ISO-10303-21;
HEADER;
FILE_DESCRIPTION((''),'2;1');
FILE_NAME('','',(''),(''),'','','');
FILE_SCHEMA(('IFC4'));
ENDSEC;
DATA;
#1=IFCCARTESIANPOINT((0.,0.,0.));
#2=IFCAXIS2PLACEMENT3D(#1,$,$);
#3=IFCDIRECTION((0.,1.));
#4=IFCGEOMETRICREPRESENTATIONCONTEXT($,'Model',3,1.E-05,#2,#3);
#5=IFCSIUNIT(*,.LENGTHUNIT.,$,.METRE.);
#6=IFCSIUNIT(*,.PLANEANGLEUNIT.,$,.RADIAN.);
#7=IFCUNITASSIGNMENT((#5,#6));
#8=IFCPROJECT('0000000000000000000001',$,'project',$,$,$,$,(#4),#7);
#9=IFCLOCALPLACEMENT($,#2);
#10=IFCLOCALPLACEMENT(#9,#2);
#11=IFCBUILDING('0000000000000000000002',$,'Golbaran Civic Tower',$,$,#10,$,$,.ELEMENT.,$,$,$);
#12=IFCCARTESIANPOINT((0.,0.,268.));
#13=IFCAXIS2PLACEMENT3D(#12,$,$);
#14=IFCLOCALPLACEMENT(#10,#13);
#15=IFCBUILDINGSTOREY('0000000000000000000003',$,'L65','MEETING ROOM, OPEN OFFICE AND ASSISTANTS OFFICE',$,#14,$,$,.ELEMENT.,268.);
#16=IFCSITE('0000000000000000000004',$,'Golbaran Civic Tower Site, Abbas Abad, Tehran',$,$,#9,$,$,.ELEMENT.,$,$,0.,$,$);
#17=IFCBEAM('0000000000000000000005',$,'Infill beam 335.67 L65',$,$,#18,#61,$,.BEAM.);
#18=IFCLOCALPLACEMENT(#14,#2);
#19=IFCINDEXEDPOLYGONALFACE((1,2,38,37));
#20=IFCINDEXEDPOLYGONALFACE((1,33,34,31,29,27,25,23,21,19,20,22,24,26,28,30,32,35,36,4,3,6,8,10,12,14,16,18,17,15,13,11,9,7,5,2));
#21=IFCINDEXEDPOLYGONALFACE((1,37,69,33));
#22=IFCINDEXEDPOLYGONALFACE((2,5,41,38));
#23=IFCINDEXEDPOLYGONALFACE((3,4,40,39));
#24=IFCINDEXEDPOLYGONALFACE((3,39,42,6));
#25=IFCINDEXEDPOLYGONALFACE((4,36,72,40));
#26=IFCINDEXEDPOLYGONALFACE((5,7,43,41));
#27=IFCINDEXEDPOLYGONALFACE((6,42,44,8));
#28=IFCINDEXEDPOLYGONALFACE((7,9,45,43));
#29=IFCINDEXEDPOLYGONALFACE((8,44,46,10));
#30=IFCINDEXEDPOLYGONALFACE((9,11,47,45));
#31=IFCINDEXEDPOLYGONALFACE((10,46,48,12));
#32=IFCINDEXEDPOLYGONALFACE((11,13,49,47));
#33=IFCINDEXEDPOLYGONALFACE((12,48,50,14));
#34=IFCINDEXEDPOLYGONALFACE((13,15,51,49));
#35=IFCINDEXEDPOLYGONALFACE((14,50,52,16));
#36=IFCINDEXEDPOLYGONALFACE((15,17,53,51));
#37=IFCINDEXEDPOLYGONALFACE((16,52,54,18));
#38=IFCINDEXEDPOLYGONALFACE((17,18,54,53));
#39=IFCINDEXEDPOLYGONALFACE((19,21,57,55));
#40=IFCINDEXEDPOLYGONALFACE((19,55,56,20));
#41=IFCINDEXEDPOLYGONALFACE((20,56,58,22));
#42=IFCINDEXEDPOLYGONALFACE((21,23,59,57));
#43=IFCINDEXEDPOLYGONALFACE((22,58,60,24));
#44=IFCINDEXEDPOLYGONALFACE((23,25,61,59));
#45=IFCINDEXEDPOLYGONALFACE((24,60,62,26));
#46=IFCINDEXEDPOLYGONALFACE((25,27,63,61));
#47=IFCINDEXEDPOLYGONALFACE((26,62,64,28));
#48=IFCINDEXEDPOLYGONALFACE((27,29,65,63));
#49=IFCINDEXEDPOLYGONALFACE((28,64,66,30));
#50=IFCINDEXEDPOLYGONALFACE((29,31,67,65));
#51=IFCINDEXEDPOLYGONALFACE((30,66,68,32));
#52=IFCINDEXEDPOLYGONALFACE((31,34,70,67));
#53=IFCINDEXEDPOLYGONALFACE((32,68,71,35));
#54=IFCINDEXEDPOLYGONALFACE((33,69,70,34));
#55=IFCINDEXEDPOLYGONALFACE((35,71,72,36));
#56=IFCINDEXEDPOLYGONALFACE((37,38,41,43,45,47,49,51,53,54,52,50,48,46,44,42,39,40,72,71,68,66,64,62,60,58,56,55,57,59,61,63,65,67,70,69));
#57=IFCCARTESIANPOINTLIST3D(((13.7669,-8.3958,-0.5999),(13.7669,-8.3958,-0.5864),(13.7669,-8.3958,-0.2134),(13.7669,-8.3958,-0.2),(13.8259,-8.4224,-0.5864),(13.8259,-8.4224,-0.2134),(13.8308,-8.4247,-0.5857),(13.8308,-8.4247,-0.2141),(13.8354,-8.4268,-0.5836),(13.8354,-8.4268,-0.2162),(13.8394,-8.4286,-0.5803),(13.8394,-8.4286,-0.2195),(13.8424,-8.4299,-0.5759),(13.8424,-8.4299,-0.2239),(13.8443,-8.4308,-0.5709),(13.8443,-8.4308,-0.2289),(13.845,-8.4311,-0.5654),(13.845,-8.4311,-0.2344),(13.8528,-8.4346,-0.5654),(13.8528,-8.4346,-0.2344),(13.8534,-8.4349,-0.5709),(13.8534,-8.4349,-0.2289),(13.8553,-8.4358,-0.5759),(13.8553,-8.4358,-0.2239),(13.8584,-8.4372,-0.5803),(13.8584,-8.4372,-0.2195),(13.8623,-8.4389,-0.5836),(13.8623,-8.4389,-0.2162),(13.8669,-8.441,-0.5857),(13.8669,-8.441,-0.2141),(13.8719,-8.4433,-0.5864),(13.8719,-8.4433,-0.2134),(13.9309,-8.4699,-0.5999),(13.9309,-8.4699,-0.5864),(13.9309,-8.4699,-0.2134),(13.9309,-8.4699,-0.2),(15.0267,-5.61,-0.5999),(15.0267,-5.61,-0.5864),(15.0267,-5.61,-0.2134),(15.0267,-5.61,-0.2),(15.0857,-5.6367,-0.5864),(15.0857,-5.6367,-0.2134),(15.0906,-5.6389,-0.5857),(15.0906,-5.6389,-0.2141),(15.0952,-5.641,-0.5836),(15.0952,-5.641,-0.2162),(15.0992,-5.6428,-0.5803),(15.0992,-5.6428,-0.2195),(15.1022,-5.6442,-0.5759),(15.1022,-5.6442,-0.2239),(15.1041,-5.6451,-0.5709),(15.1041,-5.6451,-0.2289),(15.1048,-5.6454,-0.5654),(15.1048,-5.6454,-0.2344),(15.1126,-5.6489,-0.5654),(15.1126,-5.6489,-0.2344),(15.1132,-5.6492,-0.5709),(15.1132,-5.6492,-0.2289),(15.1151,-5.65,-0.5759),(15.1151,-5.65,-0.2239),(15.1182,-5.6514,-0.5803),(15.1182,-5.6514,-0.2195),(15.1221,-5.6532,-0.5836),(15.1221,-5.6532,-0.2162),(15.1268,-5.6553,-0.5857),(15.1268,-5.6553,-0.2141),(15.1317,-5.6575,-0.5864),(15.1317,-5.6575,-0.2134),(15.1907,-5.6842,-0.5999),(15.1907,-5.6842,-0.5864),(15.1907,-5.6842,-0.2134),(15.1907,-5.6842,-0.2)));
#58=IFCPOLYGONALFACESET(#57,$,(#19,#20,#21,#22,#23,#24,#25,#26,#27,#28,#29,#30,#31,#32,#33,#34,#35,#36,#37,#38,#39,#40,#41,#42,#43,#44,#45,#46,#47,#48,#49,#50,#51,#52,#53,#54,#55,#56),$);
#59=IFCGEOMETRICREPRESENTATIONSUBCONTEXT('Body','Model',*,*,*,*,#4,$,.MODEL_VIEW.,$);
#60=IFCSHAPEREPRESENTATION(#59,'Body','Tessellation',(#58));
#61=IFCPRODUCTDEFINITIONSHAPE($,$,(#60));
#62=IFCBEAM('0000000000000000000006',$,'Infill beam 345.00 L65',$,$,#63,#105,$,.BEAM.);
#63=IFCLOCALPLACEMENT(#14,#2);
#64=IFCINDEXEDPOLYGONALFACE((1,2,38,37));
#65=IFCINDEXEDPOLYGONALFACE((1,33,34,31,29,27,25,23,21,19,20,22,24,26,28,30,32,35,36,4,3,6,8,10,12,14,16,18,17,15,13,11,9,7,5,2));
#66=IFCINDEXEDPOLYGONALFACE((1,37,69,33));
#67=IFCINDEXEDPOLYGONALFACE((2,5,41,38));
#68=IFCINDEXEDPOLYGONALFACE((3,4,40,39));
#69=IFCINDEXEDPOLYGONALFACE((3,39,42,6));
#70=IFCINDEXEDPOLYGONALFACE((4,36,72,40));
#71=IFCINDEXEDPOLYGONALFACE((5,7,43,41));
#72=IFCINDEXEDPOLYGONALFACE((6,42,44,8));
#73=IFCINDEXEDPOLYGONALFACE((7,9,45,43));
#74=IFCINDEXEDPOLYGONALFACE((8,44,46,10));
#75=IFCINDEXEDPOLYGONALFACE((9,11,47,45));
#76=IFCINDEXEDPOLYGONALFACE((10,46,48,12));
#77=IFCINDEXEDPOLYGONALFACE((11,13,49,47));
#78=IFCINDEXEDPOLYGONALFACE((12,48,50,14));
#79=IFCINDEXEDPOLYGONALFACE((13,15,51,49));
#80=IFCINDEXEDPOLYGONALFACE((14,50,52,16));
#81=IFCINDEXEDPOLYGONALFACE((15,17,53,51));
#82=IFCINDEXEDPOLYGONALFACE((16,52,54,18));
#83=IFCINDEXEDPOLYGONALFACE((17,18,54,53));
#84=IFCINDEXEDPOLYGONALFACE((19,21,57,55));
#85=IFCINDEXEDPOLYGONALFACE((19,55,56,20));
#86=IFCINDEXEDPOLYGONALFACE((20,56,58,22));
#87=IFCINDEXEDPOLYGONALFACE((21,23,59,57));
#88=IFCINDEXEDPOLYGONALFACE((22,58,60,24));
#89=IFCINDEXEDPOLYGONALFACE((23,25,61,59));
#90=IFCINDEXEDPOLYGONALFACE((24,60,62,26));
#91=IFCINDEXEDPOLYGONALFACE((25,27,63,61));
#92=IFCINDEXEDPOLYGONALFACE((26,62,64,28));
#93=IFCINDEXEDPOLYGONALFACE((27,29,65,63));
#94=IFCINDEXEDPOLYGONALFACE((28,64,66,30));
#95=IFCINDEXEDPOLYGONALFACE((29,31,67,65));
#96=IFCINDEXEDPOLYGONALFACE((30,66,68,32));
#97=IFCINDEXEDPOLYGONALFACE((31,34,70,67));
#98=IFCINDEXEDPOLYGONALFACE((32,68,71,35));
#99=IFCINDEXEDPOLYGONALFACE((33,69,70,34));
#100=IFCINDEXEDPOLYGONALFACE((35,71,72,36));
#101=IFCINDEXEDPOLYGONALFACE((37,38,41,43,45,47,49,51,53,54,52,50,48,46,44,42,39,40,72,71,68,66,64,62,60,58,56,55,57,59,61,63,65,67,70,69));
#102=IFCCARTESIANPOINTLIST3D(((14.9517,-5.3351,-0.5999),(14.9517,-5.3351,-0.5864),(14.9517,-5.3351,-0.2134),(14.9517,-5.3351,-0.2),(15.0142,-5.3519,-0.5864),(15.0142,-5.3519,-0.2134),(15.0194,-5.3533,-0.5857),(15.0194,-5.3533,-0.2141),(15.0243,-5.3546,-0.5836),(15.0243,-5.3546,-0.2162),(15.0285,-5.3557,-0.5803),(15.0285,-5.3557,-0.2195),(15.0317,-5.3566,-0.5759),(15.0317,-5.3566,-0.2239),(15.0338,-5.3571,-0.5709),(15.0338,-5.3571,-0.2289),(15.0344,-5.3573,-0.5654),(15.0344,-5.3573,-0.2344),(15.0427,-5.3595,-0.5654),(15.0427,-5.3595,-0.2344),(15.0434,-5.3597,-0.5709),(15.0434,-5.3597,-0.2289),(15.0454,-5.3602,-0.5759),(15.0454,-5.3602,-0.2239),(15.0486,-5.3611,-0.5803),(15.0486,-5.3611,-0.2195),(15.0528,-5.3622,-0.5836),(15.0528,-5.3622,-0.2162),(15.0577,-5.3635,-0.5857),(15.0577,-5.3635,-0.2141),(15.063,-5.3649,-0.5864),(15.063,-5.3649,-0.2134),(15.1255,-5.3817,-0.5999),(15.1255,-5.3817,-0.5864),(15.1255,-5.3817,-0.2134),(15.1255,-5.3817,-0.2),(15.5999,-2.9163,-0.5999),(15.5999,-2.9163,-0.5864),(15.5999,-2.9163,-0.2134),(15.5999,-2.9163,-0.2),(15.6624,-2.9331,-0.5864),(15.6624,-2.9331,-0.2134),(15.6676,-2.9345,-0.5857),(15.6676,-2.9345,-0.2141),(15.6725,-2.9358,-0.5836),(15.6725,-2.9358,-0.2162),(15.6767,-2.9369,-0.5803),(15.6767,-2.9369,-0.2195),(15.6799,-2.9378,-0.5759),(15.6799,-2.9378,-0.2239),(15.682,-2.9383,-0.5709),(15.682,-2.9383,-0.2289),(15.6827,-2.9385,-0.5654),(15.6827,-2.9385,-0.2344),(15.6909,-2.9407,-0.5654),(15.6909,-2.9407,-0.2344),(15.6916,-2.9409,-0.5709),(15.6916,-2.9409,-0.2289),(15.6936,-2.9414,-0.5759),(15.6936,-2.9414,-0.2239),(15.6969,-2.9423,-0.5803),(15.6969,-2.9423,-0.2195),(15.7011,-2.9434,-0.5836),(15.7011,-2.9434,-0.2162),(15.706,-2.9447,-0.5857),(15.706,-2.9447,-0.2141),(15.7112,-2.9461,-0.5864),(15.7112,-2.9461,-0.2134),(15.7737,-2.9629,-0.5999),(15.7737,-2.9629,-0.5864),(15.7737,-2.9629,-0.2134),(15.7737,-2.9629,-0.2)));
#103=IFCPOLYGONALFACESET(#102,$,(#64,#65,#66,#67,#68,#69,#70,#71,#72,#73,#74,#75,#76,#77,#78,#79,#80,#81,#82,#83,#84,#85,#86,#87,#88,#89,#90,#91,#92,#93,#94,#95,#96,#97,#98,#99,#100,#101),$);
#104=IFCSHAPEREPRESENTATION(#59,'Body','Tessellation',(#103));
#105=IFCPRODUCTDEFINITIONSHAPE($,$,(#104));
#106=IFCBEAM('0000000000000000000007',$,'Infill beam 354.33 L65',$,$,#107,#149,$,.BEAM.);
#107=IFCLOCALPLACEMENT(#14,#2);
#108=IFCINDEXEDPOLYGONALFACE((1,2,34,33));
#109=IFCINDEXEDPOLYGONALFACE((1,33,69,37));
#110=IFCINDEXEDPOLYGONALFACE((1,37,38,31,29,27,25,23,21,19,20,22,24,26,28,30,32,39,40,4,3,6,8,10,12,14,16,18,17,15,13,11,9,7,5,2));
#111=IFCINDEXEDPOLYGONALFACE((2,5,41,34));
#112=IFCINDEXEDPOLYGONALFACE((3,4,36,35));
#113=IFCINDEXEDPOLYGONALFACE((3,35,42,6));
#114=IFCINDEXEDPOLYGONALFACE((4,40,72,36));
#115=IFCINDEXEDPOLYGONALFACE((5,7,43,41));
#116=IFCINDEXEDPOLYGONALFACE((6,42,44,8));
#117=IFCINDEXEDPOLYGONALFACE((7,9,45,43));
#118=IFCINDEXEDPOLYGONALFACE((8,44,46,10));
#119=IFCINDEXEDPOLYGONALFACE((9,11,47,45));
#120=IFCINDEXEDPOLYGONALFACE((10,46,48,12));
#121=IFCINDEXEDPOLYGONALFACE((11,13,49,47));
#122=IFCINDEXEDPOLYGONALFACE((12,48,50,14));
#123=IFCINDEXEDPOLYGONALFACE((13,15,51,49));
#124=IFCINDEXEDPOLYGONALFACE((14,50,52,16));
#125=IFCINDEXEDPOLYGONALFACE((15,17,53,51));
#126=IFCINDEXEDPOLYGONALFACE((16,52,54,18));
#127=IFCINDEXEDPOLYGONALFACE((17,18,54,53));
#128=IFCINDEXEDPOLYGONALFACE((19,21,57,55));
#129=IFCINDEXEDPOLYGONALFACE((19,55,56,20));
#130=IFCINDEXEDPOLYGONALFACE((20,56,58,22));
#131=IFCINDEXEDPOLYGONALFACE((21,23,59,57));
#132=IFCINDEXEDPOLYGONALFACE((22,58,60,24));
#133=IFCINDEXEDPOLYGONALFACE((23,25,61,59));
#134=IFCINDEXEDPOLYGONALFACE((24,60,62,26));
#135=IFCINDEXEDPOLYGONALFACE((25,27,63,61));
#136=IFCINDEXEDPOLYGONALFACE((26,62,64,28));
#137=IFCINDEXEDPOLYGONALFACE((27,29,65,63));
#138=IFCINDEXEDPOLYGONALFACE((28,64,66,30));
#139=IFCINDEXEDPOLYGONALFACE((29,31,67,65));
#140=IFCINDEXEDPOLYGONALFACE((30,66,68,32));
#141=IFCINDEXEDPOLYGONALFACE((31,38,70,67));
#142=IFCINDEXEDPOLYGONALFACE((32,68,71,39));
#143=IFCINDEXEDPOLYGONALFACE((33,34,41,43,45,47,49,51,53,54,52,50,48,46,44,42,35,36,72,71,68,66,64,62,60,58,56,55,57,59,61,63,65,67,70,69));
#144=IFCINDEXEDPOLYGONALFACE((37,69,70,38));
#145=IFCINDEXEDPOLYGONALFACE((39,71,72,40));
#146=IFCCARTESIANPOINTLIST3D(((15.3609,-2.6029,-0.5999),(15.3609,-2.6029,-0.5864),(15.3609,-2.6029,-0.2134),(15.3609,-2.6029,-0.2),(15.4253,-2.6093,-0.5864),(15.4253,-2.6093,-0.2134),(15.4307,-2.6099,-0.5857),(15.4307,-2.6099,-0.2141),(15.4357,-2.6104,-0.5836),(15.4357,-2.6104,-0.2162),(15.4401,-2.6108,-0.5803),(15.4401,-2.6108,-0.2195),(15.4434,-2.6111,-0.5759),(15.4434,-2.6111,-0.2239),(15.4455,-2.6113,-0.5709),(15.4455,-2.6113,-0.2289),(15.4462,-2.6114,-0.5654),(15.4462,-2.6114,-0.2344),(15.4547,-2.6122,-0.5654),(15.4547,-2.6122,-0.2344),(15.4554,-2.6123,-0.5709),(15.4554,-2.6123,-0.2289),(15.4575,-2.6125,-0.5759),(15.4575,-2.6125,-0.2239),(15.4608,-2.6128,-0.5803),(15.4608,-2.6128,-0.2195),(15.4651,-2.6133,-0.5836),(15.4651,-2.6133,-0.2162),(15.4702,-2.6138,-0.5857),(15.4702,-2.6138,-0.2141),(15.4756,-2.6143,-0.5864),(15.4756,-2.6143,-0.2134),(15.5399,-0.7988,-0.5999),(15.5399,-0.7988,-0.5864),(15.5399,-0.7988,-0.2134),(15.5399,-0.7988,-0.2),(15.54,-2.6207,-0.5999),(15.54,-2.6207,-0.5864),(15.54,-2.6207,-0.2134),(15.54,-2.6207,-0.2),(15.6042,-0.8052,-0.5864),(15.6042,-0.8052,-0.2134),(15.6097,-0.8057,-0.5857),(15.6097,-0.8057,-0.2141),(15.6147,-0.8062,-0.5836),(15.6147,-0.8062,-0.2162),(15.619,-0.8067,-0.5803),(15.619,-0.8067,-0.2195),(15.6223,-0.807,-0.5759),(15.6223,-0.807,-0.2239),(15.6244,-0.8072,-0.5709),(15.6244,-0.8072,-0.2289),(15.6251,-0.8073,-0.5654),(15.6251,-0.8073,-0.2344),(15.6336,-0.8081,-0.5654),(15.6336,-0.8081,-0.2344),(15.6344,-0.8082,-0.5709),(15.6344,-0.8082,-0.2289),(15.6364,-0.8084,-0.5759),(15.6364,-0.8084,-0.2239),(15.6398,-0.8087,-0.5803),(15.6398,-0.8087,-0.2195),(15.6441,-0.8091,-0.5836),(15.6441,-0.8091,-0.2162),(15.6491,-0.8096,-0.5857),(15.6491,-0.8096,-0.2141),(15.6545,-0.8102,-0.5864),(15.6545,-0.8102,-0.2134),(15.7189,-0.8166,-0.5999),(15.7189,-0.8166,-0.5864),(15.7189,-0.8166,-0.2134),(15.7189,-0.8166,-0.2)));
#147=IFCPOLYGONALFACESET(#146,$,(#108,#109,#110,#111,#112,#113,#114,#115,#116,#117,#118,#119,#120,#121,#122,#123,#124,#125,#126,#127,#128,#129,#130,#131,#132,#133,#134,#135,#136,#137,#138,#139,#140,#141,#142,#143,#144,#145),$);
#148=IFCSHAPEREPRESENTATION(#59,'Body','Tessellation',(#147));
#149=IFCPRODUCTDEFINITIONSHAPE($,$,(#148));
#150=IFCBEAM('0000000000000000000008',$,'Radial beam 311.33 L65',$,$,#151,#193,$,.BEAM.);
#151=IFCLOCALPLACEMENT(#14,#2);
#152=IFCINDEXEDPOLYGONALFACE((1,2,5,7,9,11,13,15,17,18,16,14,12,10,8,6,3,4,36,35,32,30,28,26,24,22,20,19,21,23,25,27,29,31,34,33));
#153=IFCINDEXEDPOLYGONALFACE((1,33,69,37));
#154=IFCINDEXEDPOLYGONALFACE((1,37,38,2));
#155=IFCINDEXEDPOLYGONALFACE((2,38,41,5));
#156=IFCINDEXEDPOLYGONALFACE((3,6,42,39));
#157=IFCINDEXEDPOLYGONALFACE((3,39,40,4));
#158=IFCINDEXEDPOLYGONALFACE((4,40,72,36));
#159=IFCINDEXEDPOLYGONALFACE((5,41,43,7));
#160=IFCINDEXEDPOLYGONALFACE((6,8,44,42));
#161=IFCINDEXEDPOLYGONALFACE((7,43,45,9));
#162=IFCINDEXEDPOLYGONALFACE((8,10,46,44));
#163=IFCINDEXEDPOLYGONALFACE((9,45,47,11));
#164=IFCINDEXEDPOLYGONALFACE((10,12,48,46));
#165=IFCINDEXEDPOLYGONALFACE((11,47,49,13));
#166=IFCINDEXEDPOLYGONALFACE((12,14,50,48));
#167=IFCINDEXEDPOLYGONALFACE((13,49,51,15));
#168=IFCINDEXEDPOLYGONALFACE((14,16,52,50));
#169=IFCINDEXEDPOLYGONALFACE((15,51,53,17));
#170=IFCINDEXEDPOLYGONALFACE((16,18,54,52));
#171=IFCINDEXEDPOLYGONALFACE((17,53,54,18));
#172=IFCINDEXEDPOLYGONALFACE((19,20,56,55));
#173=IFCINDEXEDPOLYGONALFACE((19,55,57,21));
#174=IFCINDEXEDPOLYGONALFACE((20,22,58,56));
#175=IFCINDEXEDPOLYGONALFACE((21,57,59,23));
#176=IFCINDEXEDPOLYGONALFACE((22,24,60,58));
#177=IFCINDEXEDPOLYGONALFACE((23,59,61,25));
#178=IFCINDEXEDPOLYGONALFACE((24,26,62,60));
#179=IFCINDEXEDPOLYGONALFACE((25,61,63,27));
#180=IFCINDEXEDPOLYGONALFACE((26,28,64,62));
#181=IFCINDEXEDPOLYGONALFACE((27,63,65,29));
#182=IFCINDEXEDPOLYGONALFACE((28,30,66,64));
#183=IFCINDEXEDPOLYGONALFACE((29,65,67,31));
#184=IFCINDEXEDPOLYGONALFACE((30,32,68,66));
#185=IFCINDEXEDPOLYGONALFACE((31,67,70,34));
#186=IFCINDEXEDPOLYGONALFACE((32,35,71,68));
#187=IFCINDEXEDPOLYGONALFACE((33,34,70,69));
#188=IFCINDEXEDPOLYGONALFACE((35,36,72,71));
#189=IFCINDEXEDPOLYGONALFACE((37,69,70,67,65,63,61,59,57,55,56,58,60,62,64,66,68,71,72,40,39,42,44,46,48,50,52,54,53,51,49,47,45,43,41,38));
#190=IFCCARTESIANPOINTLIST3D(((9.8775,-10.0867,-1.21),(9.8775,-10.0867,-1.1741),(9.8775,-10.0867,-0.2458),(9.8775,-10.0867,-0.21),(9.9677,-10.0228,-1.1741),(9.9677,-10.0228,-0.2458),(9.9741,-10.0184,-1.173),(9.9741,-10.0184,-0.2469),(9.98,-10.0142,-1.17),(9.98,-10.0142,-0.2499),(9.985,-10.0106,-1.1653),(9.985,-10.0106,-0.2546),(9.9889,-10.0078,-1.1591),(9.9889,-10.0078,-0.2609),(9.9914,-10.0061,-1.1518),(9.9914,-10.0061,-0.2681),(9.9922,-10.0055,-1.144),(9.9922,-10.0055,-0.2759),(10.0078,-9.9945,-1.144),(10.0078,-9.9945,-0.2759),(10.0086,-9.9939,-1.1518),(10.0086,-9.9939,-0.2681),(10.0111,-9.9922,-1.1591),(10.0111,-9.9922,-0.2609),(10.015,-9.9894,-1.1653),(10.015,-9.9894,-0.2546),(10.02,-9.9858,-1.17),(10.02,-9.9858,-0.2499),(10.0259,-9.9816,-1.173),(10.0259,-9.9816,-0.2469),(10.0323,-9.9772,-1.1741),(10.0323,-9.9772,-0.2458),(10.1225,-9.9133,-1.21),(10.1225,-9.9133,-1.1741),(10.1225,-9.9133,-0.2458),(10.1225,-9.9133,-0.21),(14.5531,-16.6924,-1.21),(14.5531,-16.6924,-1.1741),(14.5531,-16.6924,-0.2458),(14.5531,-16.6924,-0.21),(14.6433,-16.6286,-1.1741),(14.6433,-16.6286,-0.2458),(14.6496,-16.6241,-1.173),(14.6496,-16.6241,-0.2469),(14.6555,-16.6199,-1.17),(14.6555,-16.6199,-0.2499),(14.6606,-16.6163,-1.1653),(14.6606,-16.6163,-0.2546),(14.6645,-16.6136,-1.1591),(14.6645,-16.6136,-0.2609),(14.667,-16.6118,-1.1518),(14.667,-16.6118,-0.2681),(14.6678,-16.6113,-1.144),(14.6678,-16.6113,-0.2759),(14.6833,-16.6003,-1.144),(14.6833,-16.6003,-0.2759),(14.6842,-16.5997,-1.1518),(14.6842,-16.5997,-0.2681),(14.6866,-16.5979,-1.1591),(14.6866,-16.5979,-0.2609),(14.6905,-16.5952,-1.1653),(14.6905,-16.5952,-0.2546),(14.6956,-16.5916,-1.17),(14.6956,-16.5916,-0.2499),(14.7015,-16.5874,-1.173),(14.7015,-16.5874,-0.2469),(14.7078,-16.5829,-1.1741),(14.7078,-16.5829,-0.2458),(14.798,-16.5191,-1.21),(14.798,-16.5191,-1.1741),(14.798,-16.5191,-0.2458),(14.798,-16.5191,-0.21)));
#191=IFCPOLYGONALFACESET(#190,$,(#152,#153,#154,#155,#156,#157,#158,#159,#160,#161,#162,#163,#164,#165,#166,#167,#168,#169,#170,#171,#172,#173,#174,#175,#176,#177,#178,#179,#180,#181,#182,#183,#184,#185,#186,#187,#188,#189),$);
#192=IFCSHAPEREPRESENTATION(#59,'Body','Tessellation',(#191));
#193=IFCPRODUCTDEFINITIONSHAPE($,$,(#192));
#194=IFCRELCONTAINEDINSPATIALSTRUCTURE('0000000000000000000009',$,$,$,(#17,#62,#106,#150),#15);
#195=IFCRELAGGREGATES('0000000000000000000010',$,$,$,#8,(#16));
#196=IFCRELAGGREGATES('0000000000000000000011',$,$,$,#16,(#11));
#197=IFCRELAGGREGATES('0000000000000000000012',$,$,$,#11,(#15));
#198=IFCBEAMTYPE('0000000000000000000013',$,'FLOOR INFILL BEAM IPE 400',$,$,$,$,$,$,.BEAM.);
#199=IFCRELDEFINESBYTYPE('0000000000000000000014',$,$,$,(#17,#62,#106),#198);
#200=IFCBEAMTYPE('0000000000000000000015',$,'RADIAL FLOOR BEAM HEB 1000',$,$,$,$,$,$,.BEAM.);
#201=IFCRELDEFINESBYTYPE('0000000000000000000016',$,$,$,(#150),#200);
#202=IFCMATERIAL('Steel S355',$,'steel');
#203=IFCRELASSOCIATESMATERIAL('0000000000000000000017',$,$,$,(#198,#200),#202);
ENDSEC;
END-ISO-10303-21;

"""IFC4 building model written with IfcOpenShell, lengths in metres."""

from ifc_helpers import new_model, si_unit, direction, frame, origin, origin_2d, place, context, subcontext, project, spatial, i_section, extrude, material, material_profile, profile_set, type_object, element, save


model = new_model("IFC4")

# Units and contexts
model_context = context("Model", 3, precision=1e-05, world=origin(), true_north=direction((0.0, 1.0)))
body_context = subcontext(model_context, "Body", "Model", "MODEL_VIEW")
ifc_project = project(units=[si_unit("LENGTHUNIT", "METRE"), si_unit("PLANEANGLEUNIT", "RADIAN")], contexts=[model_context])

# Site, building, storey
site_placement = place(None, origin())
site = spatial("IfcSite", under=ifc_project, at=site_placement, Name="Golbaran Civic Tower Site, Abbas Abad, Tehran", CompositionType="ELEMENT", RefElevation=0.0)
building_placement = place(site_placement, origin())
building = spatial("IfcBuilding", under=site, at=building_placement, Name="Golbaran Civic Tower", CompositionType="ELEMENT")
storey_placement = place(building_placement, frame((0.0, 0.0, 268.0)))
storey = spatial("IfcBuildingStorey", under=building, at=storey_placement, Name="L65", Description="MEETING ROOM, OPEN OFFICE AND ASSISTANTS OFFICE", CompositionType="ELEMENT", Elevation=268.0)

# Beams
ifc_material_1 = material(Name="Steel S355", Category="steel")
ifc_material_profile_1 = material_profile(ifc_material_1, i_section(OverallWidth=0.1799, OverallDepth=0.3999, WebThickness=0.0085, FlangeThickness=0.0134, FilletRadius=0.021, at=origin_2d()), Name="IPE 400")
ifc_profile_set_1 = profile_set([ifc_material_profile_1], Name="Steel S355")
beam_type_1 = type_object("IfcBeamType", Name="FLOOR INFILL BEAM IPE 400", PredefinedType="BEAM", material=ifc_profile_set_1)
beam_1_placement = place(storey_placement, frame((13.8489, -8.4329, -0.3999), z_axis=(0.412057, 0.911158, 0.0), x_axis=(-0.911158, 0.412057, 0.0)))
element("IfcBeam", 1, at=beam_1_placement, inside=storey, type_object=beam_type_1, Name="Infill beam 335.67 L65", PredefinedType="BEAM", context=body_context, shape_type="SweptSolid", body=[
    extrude(i_section(OverallWidth=0.1799, OverallDepth=0.3999, WebThickness=0.0085, FlangeThickness=0.0134, FilletRadius=0.021, at=origin_2d()), origin(), (0.0, 0.0, 1.0), 3.0574),
])
beam_2_placement = place(storey_placement, frame((15.0386, -5.3584, -0.3999), z_axis=(0.258858, 0.965915, 0.0), x_axis=(-0.965915, 0.258858, 0.0)))
element("IfcBeam", 2, at=beam_2_placement, inside=storey, type_object=beam_type_1, Name="Infill beam 345.00 L65", PredefinedType="BEAM", context=body_context, shape_type="SweptSolid", body=[
    extrude(i_section(OverallWidth=0.1799, OverallDepth=0.3999, WebThickness=0.0085, FlangeThickness=0.0134, FilletRadius=0.021, at=origin_2d()), origin(), (0.0, 0.0, 1.0), 2.5042),
])
beam_3_placement = place(storey_placement, frame((15.4504, -2.6118, -0.3999), z_axis=(0.098704, 0.995117, 0.0), x_axis=(-0.995117, 0.098704, 0.0)))
element("IfcBeam", 3, at=beam_3_placement, inside=storey, type_object=beam_type_1, Name="Infill beam 354.33 L65", PredefinedType="BEAM", context=body_context, shape_type="SweptSolid", body=[
    extrude(i_section(OverallWidth=0.1799, OverallDepth=0.3999, WebThickness=0.0085, FlangeThickness=0.0134, FilletRadius=0.021, at=origin_2d()), origin(), (0.0, 0.0, 1.0), 1.813),
])
ifc_material_profile_2 = material_profile(ifc_material_1, i_section(OverallWidth=0.3, OverallDepth=1.0, WebThickness=0.019, FlangeThickness=0.0359, FilletRadius=0.03, at=origin_2d()), Name="HEB 1000")
ifc_profile_set_2 = profile_set([ifc_material_profile_2], Name="Steel S355")
beam_type_2 = type_object("IfcBeamType", Name="RADIAL FLOOR BEAM HEB 1000", PredefinedType="BEAM", material=ifc_profile_set_2)
beam_4_placement = place(storey_placement, frame((10.0, -10.0, -0.71), z_axis=(0.577729, -0.816229, 0.0), x_axis=(0.816229, 0.577729, 0.0)))
element("IfcBeam", 4, at=beam_4_placement, inside=storey, type_object=beam_type_2, Name="Radial beam 311.33 L65", PredefinedType="BEAM", context=body_context, shape_type="SweptSolid", body=[
    extrude(i_section(OverallWidth=0.3, OverallDepth=1.0, WebThickness=0.019, FlangeThickness=0.0359, FilletRadius=0.03, at=origin_2d()), origin(), (0.0, 0.0, 1.0), 8.093),
])

save(model, "model.ifc")
